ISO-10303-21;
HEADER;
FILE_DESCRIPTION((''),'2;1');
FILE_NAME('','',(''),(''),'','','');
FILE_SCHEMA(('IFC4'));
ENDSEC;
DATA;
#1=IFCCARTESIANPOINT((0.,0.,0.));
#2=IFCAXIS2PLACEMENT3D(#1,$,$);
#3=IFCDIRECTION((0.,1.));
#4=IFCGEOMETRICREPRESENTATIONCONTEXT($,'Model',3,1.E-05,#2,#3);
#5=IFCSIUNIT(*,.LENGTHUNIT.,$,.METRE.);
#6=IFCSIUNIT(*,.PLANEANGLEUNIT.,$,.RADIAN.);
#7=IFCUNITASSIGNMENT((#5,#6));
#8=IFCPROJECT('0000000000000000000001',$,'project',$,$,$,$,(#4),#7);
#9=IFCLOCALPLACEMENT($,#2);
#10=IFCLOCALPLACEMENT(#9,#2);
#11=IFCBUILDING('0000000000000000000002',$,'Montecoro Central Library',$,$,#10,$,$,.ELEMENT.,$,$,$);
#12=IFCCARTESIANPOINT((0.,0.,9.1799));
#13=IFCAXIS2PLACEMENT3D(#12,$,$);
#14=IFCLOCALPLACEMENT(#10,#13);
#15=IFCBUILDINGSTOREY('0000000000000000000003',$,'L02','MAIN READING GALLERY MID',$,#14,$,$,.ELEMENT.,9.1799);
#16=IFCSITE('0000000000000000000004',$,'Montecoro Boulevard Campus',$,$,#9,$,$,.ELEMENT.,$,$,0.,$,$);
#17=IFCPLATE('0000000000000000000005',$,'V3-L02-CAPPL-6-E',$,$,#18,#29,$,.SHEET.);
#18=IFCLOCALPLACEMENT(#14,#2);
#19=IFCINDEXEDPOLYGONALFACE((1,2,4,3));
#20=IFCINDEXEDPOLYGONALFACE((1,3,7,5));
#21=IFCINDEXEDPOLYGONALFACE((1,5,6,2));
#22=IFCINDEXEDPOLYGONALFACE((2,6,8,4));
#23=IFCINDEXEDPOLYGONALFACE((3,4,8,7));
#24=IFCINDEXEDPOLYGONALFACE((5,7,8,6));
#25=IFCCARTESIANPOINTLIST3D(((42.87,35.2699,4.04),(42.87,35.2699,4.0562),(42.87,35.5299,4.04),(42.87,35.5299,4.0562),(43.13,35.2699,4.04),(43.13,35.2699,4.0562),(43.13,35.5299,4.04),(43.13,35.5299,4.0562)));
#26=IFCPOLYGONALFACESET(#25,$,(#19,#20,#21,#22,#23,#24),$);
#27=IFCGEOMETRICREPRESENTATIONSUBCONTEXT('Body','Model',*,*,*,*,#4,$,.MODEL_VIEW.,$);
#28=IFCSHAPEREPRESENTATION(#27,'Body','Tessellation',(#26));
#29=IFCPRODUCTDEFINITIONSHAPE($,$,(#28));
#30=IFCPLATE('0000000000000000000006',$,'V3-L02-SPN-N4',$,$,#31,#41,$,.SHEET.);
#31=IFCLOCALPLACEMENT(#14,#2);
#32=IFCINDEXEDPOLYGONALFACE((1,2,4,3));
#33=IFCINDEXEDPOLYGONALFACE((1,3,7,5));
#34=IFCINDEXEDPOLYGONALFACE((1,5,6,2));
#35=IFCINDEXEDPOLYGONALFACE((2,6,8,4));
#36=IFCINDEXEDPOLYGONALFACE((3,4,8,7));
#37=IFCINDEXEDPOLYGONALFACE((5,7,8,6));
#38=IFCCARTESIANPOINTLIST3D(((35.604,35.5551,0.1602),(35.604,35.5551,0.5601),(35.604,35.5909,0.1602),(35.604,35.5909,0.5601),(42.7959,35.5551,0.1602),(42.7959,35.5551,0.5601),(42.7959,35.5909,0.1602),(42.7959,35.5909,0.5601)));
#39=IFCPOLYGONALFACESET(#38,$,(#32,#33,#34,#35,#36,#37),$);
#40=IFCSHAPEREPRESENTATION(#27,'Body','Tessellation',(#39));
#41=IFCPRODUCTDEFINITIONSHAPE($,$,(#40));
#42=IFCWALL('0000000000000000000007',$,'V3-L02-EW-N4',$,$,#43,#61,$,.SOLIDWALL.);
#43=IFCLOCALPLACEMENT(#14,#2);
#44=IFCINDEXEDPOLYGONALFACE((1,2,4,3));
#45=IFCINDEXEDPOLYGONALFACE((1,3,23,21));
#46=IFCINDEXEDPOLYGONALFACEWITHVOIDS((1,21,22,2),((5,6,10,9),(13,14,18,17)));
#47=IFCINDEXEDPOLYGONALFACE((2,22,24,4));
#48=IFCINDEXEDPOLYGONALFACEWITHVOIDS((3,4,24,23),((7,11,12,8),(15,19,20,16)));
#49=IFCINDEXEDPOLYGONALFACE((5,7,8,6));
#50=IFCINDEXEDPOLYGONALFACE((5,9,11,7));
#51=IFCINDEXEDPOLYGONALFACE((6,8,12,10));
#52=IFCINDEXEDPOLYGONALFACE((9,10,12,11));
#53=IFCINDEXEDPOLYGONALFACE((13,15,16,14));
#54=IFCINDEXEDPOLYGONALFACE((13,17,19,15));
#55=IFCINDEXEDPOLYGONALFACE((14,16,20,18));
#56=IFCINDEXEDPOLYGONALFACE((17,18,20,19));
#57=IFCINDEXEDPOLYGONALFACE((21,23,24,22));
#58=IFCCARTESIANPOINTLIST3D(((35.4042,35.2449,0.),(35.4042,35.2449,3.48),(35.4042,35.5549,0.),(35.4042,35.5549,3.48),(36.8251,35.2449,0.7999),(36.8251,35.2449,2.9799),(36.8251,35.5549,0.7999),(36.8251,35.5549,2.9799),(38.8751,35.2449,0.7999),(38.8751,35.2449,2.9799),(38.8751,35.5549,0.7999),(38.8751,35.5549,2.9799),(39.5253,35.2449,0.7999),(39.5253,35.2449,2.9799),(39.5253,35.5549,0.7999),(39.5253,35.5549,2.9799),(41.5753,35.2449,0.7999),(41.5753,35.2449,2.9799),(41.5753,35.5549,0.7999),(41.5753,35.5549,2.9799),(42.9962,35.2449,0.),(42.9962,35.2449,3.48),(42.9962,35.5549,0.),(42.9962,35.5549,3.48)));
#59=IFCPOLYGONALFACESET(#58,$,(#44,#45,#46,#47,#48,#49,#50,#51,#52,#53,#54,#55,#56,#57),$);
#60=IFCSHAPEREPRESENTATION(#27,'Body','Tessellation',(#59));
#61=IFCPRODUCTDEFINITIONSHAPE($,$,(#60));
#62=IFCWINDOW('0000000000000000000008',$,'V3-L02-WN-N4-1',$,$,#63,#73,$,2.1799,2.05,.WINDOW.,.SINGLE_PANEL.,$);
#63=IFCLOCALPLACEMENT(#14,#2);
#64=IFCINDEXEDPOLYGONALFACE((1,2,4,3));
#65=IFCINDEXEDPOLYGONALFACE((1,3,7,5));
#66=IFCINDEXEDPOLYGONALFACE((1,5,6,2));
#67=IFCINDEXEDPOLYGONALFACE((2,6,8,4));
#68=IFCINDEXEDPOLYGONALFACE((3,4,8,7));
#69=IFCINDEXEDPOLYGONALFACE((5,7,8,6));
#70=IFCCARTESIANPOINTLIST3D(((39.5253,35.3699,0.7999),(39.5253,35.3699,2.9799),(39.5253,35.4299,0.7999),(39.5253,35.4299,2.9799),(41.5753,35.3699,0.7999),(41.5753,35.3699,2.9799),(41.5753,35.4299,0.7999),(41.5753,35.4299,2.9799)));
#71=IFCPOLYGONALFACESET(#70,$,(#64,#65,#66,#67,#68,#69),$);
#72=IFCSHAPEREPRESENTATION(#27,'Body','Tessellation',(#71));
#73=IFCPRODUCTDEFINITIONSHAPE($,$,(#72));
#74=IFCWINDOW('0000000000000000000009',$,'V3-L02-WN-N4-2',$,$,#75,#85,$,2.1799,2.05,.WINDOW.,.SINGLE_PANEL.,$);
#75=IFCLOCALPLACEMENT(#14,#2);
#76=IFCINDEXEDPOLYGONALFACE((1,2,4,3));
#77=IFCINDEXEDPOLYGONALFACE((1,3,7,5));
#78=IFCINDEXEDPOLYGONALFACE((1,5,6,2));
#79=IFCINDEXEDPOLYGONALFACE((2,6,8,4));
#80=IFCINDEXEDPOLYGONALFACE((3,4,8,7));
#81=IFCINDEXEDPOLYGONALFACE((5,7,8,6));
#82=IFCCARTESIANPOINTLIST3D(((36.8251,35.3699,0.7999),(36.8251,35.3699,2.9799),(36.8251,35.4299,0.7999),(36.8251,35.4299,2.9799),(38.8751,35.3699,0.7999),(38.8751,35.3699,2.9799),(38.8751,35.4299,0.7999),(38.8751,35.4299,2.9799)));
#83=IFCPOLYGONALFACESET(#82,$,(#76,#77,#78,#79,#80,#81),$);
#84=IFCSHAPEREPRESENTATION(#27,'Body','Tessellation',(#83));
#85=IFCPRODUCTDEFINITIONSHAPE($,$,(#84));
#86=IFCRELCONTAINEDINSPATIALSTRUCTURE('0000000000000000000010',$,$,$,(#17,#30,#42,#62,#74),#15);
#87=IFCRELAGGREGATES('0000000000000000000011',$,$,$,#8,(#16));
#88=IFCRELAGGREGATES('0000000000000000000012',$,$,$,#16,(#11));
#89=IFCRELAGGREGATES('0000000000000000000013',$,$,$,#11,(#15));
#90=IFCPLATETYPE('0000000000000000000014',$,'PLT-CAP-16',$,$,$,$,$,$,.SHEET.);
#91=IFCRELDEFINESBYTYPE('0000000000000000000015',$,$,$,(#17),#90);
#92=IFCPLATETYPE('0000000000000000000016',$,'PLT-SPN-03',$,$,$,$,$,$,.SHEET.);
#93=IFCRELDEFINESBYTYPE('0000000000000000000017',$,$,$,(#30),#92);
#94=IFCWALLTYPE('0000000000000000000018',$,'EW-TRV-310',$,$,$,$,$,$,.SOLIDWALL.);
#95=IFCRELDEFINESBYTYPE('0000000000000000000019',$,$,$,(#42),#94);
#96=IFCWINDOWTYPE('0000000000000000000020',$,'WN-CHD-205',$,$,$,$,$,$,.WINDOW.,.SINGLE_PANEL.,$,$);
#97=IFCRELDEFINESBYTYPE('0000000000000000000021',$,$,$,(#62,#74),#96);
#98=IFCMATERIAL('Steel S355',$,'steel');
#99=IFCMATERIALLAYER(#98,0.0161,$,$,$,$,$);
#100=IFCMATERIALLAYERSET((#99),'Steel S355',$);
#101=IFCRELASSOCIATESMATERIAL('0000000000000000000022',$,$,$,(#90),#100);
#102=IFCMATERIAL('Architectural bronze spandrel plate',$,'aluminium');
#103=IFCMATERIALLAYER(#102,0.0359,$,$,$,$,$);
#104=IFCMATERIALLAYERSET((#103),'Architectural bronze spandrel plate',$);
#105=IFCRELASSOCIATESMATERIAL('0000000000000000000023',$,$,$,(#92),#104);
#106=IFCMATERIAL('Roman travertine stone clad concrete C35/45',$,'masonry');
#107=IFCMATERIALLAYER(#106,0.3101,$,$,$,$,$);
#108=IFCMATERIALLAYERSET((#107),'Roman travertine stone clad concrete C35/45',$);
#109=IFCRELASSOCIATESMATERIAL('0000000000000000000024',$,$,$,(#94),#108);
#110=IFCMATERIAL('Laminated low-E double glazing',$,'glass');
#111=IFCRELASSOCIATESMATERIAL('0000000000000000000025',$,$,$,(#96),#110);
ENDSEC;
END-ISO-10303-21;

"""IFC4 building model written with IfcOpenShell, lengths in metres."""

from ifc_helpers import new_model, si_unit, direction, frame, frame_2d, origin, origin_2d, place, context, subcontext, project, spatial, rectangle, extrude, material, layer, layer_set, type_object, element, fill, save


model = new_model("IFC4")

# Units and contexts
model_context = context("Model", 3, precision=1e-05, world=origin(), true_north=direction((0.0, 1.0)))
body_context = subcontext(model_context, "Body", "Model", "MODEL_VIEW")
ifc_project = project(units=[si_unit("LENGTHUNIT", "METRE"), si_unit("PLANEANGLEUNIT", "RADIAN")], contexts=[model_context])

# Site, building, storey
site_placement = place(None, origin())
site = spatial("IfcSite", under=ifc_project, at=site_placement, Name="Montecoro Boulevard Campus", CompositionType="ELEMENT", RefElevation=0.0)
building_placement = place(site_placement, origin())
building = spatial("IfcBuilding", under=site, at=building_placement, Name="Montecoro Central Library", CompositionType="ELEMENT")
storey_placement = place(building_placement, frame((0.0, 0.0, 9.1799)))
storey = spatial("IfcBuildingStorey", under=building, at=storey_placement, Name="L02", Description="MAIN READING GALLERY MID", CompositionType="ELEMENT", Elevation=9.1799)

# Shared definitions
ifc_material_1 = material(Name="Steel S355", Category="steel")

# Shared definitions
ifc_material_2 = material(Name="Laminated low-E double glazing", Category="glass")

# Plates
ifc_layer_1 = layer(ifc_material_1, 0.0161)
ifc_layer_set_1 = layer_set([ifc_layer_1], Name="Steel S355")
plate_type_1 = type_object("IfcPlateType", Name="PLT-CAP-16", PredefinedType="SHEET", material=ifc_layer_set_1)
plate_1_placement = place(storey_placement, frame((43.0, 35.3999, 4.04), z_axis=(0.0, 0.0, 1.0), x_axis=(1.0, 0.0, 0.0)))
element("IfcPlate", 1, at=plate_1_placement, inside=storey, type_object=plate_type_1, Name="V3-L02-CAPPL-6-E", PredefinedType="SHEET", context=body_context, shape_type="SweptSolid", body=[
    extrude(rectangle(XDim=0.26, YDim=0.26, at=origin_2d()), origin(), (0.0, 0.0, 1.0), 0.0161),
])
ifc_material_3 = material(Name="Architectural bronze spandrel plate", Category="aluminium")
ifc_layer_2 = layer(ifc_material_3, 0.0359)
ifc_layer_set_2 = layer_set([ifc_layer_2], Name="Architectural bronze spandrel plate")
plate_type_2 = type_object("IfcPlateType", Name="PLT-SPN-03", PredefinedType="SHEET", material=ifc_layer_set_2)
plate_2_placement = place(storey_placement, frame((39.2, 35.573, 0.1602), z_axis=(0.0, 0.0, 1.0), x_axis=(-1.0, 0.0, 0.0)))
element("IfcPlate", 2, at=plate_2_placement, inside=storey, type_object=plate_type_2, Name="V3-L02-SPN-N4", PredefinedType="SHEET", context=body_context, shape_type="SweptSolid", body=[
    extrude(rectangle(XDim=7.1919, YDim=0.0359, at=origin_2d()), origin(), (0.0, 0.0, 1.0), 0.3999),
])

# Wall, openings, windows
ifc_material_4 = material(Name="Roman travertine stone clad concrete C35/45", Category="masonry")
ifc_layer_3 = layer(ifc_material_4, 0.3101)
ifc_layer_set_3 = layer_set([ifc_layer_3], Name="Roman travertine stone clad concrete C35/45")
wall_type = type_object("IfcWallType", Name="EW-TRV-310", PredefinedType="SOLIDWALL", material=ifc_layer_set_3)
wall_placement = place(storey_placement, frame((42.9961, 35.3999, 0.0), z_axis=(0.0, 0.0, 1.0), x_axis=(-1.0, 0.0, 0.0)))
wall = element("IfcWall", 3, at=wall_placement, inside=storey, type_object=wall_type, Name="V3-L02-EW-N4", PredefinedType="SOLIDWALL", context=body_context, shape_type="SweptSolid", body=[
    extrude(rectangle(XDim=7.592, YDim=0.3101, at=frame_2d((3.7959, 0.0))), origin(), (0.0, 0.0, 1.0), 3.48),
])
opening_1_placement = place(wall_placement, frame((1.4209, 0.0, 0.8)))
opening_1 = element("IfcOpeningElement", 4, at=opening_1_placement, cuts=wall, PredefinedType="OPENING", context=body_context, shape_type="SweptSolid", body=[
    extrude(rectangle(XDim=2.05, YDim=2.1799, at=frame_2d((1.0249, 1.0898))), frame((0.0, 0.165, 0.0), z_axis=(0.0, -1.0, 0.0), x_axis=(1.0, 0.0, 0.0)), (0.0, 0.0, 1.0), 0.3301),
])
opening_2_placement = place(wall_placement, frame((4.1211, 0.0, 0.8)))
opening_2 = element("IfcOpeningElement", 5, at=opening_2_placement, cuts=wall, PredefinedType="OPENING", context=body_context, shape_type="SweptSolid", body=[
    extrude(rectangle(XDim=2.05, YDim=2.1799, at=frame_2d((1.0249, 1.0898))), frame((0.0, 0.165, 0.0), z_axis=(0.0, -1.0, 0.0), x_axis=(1.0, 0.0, 0.0)), (0.0, 0.0, 1.0), 0.3301),
])
window_type = type_object("IfcWindowType", Name="WN-CHD-205", PartitioningType="SINGLE_PANEL", PredefinedType="WINDOW", material=ifc_material_2)
window_1_placement = place(opening_1_placement, origin())
window_1 = element("IfcWindow", 6, at=window_1_placement, inside=storey, type_object=window_type, Name="V3-L02-WN-N4-1", OverallHeight=2.1799, OverallWidth=2.05, PartitioningType="SINGLE_PANEL", PredefinedType="WINDOW", context=body_context, shape_type="SweptSolid", body=[
    extrude(rectangle(XDim=2.05, YDim=2.1799, at=frame_2d((1.0249, 1.0898))), frame((0.0, 0.03, 0.0), z_axis=(0.0, -1.0, 0.0), x_axis=(1.0, 0.0, 0.0)), (0.0, 0.0, 1.0), 0.0601),
])
fill(opening_1, window_1)
window_2_placement = place(opening_2_placement, origin())
window_2 = element("IfcWindow", 7, at=window_2_placement, inside=storey, type_object=window_type, Name="V3-L02-WN-N4-2", OverallHeight=2.1799, OverallWidth=2.05, PartitioningType="SINGLE_PANEL", PredefinedType="WINDOW", context=body_context, shape_type="SweptSolid", body=[
    extrude(rectangle(XDim=2.05, YDim=2.1799, at=frame_2d((1.0249, 1.0898))), frame((0.0, 0.03, 0.0), z_axis=(0.0, -1.0, 0.0), x_axis=(1.0, 0.0, 0.0)), (0.0, 0.0, 1.0), 0.0601),
])
fill(opening_2, window_2)

save(model, "model.ifc")
